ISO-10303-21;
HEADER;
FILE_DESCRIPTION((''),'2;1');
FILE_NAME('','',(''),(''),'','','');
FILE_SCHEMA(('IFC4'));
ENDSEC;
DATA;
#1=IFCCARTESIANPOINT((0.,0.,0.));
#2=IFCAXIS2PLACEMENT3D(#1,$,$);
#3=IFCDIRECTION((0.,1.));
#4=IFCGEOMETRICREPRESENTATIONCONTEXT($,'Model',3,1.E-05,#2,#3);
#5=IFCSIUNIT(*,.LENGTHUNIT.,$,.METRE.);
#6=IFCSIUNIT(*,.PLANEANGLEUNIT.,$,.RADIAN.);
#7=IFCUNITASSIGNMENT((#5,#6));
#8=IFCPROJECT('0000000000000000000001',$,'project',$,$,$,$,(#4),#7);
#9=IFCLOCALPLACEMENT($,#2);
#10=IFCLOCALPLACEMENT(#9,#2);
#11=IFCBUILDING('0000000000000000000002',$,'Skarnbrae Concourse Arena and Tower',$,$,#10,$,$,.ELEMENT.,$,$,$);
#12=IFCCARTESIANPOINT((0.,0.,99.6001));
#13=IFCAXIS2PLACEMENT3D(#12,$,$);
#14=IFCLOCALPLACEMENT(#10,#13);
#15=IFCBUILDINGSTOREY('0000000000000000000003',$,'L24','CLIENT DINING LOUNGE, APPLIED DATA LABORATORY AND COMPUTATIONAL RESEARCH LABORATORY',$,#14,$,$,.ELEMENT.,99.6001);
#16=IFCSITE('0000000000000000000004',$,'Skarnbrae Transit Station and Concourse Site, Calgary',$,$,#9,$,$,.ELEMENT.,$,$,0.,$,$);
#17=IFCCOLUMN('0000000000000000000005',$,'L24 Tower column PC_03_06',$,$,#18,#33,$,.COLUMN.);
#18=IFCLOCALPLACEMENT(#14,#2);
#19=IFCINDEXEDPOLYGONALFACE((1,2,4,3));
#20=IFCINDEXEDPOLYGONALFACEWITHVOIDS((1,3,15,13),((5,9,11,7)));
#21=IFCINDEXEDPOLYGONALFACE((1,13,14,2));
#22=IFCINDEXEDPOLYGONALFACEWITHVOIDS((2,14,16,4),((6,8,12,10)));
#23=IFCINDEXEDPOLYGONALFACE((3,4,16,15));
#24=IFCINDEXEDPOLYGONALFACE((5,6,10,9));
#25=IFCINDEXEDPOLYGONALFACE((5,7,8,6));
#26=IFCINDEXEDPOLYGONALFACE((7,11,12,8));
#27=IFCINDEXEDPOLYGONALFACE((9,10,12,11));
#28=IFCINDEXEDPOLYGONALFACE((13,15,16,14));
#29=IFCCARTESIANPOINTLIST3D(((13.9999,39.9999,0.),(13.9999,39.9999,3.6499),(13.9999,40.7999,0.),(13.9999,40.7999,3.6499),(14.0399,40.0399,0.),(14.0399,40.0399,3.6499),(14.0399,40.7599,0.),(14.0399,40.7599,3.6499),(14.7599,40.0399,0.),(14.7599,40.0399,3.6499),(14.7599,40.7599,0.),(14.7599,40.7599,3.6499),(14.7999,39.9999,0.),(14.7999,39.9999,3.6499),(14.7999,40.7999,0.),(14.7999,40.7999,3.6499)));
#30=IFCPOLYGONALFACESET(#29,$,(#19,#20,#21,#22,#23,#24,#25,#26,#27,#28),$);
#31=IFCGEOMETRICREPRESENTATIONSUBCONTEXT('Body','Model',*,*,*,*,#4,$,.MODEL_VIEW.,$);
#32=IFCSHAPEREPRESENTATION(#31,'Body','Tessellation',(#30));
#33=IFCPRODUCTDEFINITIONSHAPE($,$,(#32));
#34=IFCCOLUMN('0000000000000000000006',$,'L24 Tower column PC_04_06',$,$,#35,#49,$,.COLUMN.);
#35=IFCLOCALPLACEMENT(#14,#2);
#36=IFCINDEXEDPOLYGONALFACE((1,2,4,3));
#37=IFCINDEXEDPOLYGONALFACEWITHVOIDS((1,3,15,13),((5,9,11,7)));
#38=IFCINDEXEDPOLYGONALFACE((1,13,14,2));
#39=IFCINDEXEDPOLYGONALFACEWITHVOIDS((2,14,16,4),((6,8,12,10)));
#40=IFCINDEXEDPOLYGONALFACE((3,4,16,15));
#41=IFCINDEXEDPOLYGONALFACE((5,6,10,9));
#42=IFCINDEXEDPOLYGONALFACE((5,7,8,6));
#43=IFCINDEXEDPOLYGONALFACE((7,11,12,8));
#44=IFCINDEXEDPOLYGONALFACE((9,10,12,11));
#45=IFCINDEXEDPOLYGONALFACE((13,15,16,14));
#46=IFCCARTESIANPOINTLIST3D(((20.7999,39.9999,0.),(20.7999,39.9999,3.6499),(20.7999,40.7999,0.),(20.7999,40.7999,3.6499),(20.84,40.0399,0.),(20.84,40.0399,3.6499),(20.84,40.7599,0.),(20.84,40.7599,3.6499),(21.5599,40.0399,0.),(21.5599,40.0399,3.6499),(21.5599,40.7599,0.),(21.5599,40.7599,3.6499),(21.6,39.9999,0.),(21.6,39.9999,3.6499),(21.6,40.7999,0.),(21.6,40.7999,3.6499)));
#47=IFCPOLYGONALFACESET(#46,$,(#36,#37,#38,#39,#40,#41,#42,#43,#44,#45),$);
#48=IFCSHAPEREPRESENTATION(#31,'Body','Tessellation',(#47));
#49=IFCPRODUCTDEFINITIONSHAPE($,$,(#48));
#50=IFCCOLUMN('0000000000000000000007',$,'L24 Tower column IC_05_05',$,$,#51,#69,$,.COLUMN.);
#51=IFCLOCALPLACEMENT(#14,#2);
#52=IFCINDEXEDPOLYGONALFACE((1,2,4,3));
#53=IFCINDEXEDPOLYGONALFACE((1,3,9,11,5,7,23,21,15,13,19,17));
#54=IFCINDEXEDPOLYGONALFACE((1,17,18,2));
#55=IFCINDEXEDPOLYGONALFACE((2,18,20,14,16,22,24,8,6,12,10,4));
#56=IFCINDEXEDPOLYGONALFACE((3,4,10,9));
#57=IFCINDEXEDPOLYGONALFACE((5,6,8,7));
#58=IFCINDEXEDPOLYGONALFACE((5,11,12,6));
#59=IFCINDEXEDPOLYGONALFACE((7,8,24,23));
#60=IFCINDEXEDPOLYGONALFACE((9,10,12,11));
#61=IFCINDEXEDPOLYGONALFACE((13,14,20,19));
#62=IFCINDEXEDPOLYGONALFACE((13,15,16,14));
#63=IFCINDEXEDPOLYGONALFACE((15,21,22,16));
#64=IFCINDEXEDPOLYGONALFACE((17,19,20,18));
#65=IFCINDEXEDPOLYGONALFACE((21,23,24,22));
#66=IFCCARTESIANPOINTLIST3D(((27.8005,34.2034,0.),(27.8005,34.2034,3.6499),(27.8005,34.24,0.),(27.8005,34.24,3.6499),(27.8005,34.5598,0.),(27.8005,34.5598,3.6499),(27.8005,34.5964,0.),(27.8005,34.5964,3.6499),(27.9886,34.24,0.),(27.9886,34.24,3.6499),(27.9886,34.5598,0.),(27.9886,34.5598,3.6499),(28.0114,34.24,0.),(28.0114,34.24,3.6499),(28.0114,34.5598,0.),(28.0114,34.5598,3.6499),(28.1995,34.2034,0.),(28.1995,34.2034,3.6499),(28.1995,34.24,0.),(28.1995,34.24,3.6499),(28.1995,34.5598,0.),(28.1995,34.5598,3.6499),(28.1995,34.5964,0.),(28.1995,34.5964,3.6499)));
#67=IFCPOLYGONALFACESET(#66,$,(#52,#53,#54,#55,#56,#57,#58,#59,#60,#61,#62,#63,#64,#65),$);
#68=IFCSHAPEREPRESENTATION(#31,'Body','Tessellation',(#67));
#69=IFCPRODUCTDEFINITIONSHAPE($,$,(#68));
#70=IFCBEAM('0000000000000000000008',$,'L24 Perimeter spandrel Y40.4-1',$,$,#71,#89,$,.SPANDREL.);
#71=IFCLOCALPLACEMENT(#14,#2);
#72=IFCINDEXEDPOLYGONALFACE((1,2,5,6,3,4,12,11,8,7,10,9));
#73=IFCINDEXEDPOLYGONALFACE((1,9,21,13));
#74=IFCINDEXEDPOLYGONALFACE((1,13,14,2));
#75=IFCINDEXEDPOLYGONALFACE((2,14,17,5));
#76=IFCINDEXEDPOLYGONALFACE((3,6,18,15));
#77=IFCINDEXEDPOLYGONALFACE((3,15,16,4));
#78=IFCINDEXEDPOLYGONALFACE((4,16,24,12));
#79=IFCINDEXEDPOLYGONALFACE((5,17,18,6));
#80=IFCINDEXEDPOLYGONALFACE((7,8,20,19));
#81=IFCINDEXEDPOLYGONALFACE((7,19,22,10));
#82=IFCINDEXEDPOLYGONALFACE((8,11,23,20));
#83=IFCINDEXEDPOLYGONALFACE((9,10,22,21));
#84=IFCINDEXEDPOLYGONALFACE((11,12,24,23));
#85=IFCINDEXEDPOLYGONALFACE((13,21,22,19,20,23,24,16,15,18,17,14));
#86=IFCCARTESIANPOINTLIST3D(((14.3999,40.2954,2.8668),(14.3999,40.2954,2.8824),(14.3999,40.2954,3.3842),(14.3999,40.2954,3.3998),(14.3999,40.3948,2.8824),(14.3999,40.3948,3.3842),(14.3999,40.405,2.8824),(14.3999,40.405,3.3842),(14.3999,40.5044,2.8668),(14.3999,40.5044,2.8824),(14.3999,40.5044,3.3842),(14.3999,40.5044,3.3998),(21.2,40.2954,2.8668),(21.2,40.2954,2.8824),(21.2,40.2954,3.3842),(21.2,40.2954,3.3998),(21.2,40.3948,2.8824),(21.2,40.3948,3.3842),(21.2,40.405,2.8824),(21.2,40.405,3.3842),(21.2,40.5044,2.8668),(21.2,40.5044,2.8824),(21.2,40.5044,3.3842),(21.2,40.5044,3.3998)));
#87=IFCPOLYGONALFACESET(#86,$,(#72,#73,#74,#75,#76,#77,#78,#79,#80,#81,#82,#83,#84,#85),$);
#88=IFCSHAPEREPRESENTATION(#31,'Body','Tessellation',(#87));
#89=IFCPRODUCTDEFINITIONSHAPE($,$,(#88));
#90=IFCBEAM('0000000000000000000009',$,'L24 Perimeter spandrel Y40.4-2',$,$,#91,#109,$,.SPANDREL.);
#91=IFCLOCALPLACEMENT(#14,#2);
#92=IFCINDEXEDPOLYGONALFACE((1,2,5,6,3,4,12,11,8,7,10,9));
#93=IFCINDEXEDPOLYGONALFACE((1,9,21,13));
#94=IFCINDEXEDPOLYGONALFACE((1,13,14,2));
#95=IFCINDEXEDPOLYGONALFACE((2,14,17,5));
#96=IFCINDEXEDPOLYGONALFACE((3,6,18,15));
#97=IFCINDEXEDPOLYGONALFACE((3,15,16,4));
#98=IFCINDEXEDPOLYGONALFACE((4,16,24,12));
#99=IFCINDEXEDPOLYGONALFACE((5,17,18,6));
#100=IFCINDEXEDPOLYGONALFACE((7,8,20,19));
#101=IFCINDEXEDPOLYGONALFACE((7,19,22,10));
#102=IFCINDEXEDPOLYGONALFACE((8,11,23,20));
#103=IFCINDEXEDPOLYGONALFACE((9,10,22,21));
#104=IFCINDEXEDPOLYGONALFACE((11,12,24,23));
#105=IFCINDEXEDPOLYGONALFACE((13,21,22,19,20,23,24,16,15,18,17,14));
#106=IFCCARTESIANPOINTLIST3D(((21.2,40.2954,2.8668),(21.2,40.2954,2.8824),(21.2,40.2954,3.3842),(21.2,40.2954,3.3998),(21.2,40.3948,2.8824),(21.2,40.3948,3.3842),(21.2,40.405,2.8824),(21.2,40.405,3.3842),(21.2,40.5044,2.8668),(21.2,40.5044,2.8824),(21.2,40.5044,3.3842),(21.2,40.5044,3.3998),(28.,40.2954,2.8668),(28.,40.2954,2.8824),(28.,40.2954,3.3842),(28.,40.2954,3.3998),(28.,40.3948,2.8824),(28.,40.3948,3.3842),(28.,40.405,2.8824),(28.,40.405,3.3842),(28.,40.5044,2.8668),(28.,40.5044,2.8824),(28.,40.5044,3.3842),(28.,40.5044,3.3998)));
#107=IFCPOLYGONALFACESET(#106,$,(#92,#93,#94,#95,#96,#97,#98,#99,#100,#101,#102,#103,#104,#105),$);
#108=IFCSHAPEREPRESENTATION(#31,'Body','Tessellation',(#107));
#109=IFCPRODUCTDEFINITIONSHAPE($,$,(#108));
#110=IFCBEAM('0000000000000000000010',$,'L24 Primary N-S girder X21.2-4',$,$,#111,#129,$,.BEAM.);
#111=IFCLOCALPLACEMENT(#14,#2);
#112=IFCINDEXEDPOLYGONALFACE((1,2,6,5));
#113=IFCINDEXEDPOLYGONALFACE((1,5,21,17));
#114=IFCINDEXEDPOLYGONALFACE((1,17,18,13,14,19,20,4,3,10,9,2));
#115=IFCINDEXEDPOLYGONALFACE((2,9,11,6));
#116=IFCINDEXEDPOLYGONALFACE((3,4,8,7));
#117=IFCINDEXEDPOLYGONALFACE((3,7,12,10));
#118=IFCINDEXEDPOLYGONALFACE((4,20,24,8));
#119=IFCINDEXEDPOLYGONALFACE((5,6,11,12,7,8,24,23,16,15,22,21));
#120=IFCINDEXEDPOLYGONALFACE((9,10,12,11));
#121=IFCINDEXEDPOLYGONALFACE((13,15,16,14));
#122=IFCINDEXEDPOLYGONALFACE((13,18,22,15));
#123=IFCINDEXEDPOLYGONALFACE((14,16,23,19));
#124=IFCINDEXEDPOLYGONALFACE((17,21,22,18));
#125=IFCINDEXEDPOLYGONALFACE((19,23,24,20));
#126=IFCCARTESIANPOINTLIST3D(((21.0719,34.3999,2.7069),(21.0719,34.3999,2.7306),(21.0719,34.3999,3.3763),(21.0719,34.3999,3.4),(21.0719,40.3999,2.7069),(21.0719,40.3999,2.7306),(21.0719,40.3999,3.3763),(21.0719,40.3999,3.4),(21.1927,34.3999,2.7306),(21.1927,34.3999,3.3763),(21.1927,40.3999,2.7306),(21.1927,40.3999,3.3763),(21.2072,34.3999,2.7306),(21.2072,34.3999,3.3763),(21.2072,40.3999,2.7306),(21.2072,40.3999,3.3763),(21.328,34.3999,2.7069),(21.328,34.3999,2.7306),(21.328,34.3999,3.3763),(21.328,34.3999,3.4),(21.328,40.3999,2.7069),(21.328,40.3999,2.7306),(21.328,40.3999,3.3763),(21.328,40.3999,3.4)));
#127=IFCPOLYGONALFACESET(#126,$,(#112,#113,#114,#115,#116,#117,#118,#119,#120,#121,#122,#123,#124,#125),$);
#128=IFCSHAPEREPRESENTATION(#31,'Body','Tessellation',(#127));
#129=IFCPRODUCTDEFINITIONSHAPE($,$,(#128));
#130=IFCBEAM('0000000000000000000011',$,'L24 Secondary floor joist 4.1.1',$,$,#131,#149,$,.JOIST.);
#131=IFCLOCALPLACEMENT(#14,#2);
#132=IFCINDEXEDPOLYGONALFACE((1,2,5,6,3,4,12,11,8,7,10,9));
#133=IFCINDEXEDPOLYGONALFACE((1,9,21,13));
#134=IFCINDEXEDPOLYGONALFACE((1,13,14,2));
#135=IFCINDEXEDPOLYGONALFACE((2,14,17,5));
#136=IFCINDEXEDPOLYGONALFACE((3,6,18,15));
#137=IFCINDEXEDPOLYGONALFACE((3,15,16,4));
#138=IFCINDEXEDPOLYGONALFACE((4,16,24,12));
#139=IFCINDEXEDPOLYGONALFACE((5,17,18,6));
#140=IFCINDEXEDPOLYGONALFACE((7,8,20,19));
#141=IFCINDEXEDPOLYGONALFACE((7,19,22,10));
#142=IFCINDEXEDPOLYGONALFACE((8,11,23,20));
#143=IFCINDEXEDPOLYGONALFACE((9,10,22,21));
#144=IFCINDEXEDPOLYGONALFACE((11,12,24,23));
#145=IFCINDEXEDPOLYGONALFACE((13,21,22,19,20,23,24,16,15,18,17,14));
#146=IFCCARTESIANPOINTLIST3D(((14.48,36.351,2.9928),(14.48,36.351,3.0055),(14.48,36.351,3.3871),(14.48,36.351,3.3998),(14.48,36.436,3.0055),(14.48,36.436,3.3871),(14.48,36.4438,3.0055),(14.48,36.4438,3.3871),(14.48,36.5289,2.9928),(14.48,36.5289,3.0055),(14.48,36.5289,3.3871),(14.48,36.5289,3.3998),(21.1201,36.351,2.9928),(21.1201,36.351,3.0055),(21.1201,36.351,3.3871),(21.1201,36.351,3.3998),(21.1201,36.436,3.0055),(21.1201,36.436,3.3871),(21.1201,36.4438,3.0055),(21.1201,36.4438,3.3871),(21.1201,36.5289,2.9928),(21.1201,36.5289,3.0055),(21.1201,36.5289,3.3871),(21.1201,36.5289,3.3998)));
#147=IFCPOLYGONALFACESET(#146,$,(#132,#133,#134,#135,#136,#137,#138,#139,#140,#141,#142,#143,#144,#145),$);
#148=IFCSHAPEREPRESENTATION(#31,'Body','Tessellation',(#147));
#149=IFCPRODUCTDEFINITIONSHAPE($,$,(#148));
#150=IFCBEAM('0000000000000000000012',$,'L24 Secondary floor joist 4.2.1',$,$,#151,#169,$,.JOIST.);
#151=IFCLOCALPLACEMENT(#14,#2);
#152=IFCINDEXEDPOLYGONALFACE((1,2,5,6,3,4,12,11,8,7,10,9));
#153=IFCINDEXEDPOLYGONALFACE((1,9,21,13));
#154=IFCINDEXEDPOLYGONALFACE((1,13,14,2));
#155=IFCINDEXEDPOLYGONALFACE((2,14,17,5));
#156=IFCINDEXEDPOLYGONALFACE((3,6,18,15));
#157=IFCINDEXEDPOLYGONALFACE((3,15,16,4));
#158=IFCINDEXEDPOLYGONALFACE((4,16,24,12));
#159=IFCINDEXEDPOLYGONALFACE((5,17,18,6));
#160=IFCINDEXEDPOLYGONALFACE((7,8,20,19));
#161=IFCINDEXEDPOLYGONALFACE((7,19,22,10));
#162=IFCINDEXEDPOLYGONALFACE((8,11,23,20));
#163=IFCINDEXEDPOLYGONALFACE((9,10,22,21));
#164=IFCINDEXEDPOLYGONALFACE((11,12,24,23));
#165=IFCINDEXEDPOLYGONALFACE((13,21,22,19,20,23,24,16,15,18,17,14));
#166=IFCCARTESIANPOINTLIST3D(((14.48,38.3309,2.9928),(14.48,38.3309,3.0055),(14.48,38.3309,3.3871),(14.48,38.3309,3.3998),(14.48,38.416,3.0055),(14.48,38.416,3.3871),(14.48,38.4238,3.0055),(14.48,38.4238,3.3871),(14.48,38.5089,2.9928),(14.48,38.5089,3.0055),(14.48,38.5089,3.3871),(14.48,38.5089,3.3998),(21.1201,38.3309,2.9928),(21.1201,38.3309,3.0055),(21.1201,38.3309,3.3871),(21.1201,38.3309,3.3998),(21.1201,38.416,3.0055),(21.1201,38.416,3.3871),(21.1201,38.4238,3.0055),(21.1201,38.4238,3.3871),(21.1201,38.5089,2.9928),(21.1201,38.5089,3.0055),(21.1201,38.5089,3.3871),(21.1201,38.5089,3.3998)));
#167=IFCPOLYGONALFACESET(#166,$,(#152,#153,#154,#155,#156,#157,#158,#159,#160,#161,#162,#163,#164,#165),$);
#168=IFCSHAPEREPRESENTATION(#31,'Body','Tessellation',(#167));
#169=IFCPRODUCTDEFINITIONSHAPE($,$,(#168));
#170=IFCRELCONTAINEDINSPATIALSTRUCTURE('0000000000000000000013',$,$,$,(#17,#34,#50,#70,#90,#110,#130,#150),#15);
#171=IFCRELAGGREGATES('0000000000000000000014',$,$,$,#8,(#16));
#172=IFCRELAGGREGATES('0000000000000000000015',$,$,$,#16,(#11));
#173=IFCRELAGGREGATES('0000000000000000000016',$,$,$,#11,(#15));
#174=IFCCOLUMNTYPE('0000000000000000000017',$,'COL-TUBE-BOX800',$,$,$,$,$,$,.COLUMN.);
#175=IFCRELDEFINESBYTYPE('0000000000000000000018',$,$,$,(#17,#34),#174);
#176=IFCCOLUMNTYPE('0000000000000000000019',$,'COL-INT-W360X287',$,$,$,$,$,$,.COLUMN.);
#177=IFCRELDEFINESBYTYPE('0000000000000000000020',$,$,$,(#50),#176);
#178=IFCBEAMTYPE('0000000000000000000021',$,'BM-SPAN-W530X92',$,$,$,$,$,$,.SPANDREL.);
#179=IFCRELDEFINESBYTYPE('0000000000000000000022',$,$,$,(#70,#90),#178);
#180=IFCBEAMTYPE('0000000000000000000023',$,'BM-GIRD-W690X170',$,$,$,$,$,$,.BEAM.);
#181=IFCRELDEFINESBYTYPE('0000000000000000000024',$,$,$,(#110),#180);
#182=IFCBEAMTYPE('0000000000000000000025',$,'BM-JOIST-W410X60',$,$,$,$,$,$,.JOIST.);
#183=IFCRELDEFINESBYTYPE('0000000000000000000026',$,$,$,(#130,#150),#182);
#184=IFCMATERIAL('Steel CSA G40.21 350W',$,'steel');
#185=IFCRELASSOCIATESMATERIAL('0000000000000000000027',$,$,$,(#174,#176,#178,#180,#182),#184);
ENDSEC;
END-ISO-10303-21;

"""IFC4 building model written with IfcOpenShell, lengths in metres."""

from ifc_helpers import new_model, si_unit, direction, frame, origin, origin_2d, place, context, subcontext, project, spatial, hollow_rectangle, i_section, extrude, source, transform, mapped, material, material_profile, profile_set, type_object, element, save


model = new_model("IFC4")

# Units and contexts
model_context = context("Model", 3, precision=1e-05, world=origin(), true_north=direction((0.0, 1.0)))
body_context = subcontext(model_context, "Body", "Model", "MODEL_VIEW")
ifc_project = project(units=[si_unit("LENGTHUNIT", "METRE"), si_unit("PLANEANGLEUNIT", "RADIAN")], contexts=[model_context])

# Site, building, storey
site_placement = place(None, origin())
site = spatial("IfcSite", under=ifc_project, at=site_placement, Name="Skarnbrae Transit Station and Concourse Site, Calgary", CompositionType="ELEMENT", RefElevation=0.0)
building_placement = place(site_placement, origin())
building = spatial("IfcBuilding", under=site, at=building_placement, Name="Skarnbrae Concourse Arena and Tower", CompositionType="ELEMENT")
storey_placement = place(building_placement, frame((0.0, 0.0, 99.6001)))
storey = spatial("IfcBuildingStorey", under=building, at=storey_placement, Name="L24", Description="CLIENT DINING LOUNGE, APPLIED DATA LABORATORY AND COMPUTATIONAL RESEARCH LABORATORY", CompositionType="ELEMENT", Elevation=99.6001)

# Columns
ifc_material_1 = material(Name="Steel CSA G40.21 350W", Category="steel")
ifc_material_profile_1 = material_profile(ifc_material_1, hollow_rectangle(XDim=0.8, YDim=0.8, WallThickness=0.04, at=origin_2d()), Name="BOX800X800X40")
ifc_profile_set_1 = profile_set([ifc_material_profile_1], Name="Steel CSA G40.21 350W")
column_type_1 = type_object("IfcColumnType", Name="COL-TUBE-BOX800", PredefinedType="COLUMN", material=ifc_profile_set_1)
shared_shape_1 = source(origin(), body_context, "Body", "SweptSolid", [
    extrude(hollow_rectangle(XDim=0.8, YDim=0.8, WallThickness=0.04, at=origin_2d()), origin(), (0.0, 0.0, 1.0), 3.6499),
])
for number, where, z_axis, x_axis, name in (
    (1, (14.3999, 40.3999, 0.0), (0.0, 0.0, 1.0), (1.0, 0.0, 0.0), "L24 Tower column PC_03_06"),
    (2, (21.2, 40.3999, 0.0), (0.0, 0.0, 1.0), (1.0, 0.0, 0.0), "L24 Tower column PC_04_06"),
):
    element("IfcColumn", number, at=place(storey_placement, frame(where, z_axis=z_axis, x_axis=x_axis)), inside=storey, type_object=column_type_1, Name=name, PredefinedType="COLUMN", context=body_context, shape_type="MappedRepresentation", body=[
        mapped(shared_shape_1, transform((0.0, 0.0, 0.0))),
    ])
ifc_material_profile_2 = material_profile(ifc_material_1, i_section(OverallWidth=0.3989, OverallDepth=0.3931, WebThickness=0.0227, FlangeThickness=0.0366, at=origin_2d()), Name="W360X287")
ifc_profile_set_2 = profile_set([ifc_material_profile_2], Name="Steel CSA G40.21 350W")
column_type_2 = type_object("IfcColumnType", Name="COL-INT-W360X287", PredefinedType="COLUMN", material=ifc_profile_set_2)
shared_shape_2 = source(origin(), body_context, "Body", "SweptSolid", [
    extrude(i_section(OverallWidth=0.3989, OverallDepth=0.3931, WebThickness=0.0227, FlangeThickness=0.0366, at=origin_2d()), origin(), (0.0, 0.0, 1.0), 3.6499),
])
column_placement = place(storey_placement, frame((28.0, 34.3999, 0.0), z_axis=(0.0, 0.0, 1.0), x_axis=(1.0, 0.0, 0.0)))
element("IfcColumn", 3, at=column_placement, inside=storey, type_object=column_type_2, Name="L24 Tower column IC_05_05", PredefinedType="COLUMN", context=body_context, shape_type="MappedRepresentation", body=[
    mapped(shared_shape_2, transform((0.0, 0.0, 0.0))),
])

# Beams
ifc_material_profile_3 = material_profile(ifc_material_1, i_section(OverallWidth=0.209, OverallDepth=0.533, WebThickness=0.0103, FlangeThickness=0.0156, at=origin_2d()), Name="W530X92")
ifc_profile_set_3 = profile_set([ifc_material_profile_3], Name="Steel CSA G40.21 350W")
beam_type_1 = type_object("IfcBeamType", Name="BM-SPAN-W530X92", PredefinedType="SPANDREL", material=ifc_profile_set_3)
shared_shape_3 = source(origin(), body_context, "Body", "SweptSolid", [
    extrude(i_section(OverallWidth=0.209, OverallDepth=0.533, WebThickness=0.0103, FlangeThickness=0.0156, at=origin_2d()), origin(), (0.0, 0.0, 1.0), 6.8),
])
for number, where, z_axis, x_axis, name in (
    (4, (14.3999, 40.3999, 3.1333), (1.0, 0.0, 0.0), (0.0, 1.0, 0.0), "L24 Perimeter spandrel Y40.4-1"),
    (5, (21.2, 40.3999, 3.1333), (1.0, 0.0, 0.0), (0.0, 1.0, 0.0), "L24 Perimeter spandrel Y40.4-2"),
):
    element("IfcBeam", number, at=place(storey_placement, frame(where, z_axis=z_axis, x_axis=x_axis)), inside=storey, type_object=beam_type_1, Name=name, PredefinedType="SPANDREL", context=body_context, shape_type="MappedRepresentation", body=[
        mapped(shared_shape_3, transform((0.0, 0.0, 0.0))),
    ])
ifc_material_profile_4 = material_profile(ifc_material_1, i_section(OverallWidth=0.2561, OverallDepth=0.6931, WebThickness=0.0144, FlangeThickness=0.0237, at=origin_2d()), Name="W690X170")
ifc_profile_set_4 = profile_set([ifc_material_profile_4], Name="Steel CSA G40.21 350W")
beam_type_2 = type_object("IfcBeamType", Name="BM-GIRD-W690X170", PredefinedType="BEAM", material=ifc_profile_set_4)
shared_shape_4 = source(origin(), body_context, "Body", "SweptSolid", [
    extrude(i_section(OverallWidth=0.2561, OverallDepth=0.6931, WebThickness=0.0144, FlangeThickness=0.0237, at=origin_2d()), origin(), (0.0, 0.0, 1.0), 6.0),
])
beam_placement = place(storey_placement, frame((21.2, 34.3999, 3.0535), z_axis=(0.0, 1.0, 0.0), x_axis=(-1.0, 0.0, 0.0)))
element("IfcBeam", 6, at=beam_placement, inside=storey, type_object=beam_type_2, Name="L24 Primary N-S girder X21.2-4", PredefinedType="BEAM", context=body_context, shape_type="MappedRepresentation", body=[
    mapped(shared_shape_4, transform((0.0, 0.0, 0.0))),
])
ifc_material_profile_5 = material_profile(ifc_material_1, i_section(OverallWidth=0.178, OverallDepth=0.407, WebThickness=0.0078, FlangeThickness=0.0127, at=origin_2d()), Name="W410X60")
ifc_profile_set_5 = profile_set([ifc_material_profile_5], Name="Steel CSA G40.21 350W")
beam_type_3 = type_object("IfcBeamType", Name="BM-JOIST-W410X60", PredefinedType="JOIST", material=ifc_profile_set_5)
shared_shape_5 = source(origin(), body_context, "Body", "SweptSolid", [
    extrude(i_section(OverallWidth=0.178, OverallDepth=0.407, WebThickness=0.0078, FlangeThickness=0.0127, at=origin_2d()), origin(), (0.0, 0.0, 1.0), 6.6401),
])
for number, where, z_axis, x_axis, name in (
    (7, (14.48, 36.4399, 3.1963), (1.0, 0.0, 0.0), (0.0, 1.0, 0.0), "L24 Secondary floor joist 4.1.1"),
    (8, (14.48, 38.4199, 3.1963), (1.0, 0.0, 0.0), (0.0, 1.0, 0.0), "L24 Secondary floor joist 4.2.1"),
):
    element("IfcBeam", number, at=place(storey_placement, frame(where, z_axis=z_axis, x_axis=x_axis)), inside=storey, type_object=beam_type_3, Name=name, PredefinedType="JOIST", context=body_context, shape_type="MappedRepresentation", body=[
        mapped(shared_shape_5, transform((0.0, 0.0, 0.0))),
    ])

save(model, "model.ifc")
